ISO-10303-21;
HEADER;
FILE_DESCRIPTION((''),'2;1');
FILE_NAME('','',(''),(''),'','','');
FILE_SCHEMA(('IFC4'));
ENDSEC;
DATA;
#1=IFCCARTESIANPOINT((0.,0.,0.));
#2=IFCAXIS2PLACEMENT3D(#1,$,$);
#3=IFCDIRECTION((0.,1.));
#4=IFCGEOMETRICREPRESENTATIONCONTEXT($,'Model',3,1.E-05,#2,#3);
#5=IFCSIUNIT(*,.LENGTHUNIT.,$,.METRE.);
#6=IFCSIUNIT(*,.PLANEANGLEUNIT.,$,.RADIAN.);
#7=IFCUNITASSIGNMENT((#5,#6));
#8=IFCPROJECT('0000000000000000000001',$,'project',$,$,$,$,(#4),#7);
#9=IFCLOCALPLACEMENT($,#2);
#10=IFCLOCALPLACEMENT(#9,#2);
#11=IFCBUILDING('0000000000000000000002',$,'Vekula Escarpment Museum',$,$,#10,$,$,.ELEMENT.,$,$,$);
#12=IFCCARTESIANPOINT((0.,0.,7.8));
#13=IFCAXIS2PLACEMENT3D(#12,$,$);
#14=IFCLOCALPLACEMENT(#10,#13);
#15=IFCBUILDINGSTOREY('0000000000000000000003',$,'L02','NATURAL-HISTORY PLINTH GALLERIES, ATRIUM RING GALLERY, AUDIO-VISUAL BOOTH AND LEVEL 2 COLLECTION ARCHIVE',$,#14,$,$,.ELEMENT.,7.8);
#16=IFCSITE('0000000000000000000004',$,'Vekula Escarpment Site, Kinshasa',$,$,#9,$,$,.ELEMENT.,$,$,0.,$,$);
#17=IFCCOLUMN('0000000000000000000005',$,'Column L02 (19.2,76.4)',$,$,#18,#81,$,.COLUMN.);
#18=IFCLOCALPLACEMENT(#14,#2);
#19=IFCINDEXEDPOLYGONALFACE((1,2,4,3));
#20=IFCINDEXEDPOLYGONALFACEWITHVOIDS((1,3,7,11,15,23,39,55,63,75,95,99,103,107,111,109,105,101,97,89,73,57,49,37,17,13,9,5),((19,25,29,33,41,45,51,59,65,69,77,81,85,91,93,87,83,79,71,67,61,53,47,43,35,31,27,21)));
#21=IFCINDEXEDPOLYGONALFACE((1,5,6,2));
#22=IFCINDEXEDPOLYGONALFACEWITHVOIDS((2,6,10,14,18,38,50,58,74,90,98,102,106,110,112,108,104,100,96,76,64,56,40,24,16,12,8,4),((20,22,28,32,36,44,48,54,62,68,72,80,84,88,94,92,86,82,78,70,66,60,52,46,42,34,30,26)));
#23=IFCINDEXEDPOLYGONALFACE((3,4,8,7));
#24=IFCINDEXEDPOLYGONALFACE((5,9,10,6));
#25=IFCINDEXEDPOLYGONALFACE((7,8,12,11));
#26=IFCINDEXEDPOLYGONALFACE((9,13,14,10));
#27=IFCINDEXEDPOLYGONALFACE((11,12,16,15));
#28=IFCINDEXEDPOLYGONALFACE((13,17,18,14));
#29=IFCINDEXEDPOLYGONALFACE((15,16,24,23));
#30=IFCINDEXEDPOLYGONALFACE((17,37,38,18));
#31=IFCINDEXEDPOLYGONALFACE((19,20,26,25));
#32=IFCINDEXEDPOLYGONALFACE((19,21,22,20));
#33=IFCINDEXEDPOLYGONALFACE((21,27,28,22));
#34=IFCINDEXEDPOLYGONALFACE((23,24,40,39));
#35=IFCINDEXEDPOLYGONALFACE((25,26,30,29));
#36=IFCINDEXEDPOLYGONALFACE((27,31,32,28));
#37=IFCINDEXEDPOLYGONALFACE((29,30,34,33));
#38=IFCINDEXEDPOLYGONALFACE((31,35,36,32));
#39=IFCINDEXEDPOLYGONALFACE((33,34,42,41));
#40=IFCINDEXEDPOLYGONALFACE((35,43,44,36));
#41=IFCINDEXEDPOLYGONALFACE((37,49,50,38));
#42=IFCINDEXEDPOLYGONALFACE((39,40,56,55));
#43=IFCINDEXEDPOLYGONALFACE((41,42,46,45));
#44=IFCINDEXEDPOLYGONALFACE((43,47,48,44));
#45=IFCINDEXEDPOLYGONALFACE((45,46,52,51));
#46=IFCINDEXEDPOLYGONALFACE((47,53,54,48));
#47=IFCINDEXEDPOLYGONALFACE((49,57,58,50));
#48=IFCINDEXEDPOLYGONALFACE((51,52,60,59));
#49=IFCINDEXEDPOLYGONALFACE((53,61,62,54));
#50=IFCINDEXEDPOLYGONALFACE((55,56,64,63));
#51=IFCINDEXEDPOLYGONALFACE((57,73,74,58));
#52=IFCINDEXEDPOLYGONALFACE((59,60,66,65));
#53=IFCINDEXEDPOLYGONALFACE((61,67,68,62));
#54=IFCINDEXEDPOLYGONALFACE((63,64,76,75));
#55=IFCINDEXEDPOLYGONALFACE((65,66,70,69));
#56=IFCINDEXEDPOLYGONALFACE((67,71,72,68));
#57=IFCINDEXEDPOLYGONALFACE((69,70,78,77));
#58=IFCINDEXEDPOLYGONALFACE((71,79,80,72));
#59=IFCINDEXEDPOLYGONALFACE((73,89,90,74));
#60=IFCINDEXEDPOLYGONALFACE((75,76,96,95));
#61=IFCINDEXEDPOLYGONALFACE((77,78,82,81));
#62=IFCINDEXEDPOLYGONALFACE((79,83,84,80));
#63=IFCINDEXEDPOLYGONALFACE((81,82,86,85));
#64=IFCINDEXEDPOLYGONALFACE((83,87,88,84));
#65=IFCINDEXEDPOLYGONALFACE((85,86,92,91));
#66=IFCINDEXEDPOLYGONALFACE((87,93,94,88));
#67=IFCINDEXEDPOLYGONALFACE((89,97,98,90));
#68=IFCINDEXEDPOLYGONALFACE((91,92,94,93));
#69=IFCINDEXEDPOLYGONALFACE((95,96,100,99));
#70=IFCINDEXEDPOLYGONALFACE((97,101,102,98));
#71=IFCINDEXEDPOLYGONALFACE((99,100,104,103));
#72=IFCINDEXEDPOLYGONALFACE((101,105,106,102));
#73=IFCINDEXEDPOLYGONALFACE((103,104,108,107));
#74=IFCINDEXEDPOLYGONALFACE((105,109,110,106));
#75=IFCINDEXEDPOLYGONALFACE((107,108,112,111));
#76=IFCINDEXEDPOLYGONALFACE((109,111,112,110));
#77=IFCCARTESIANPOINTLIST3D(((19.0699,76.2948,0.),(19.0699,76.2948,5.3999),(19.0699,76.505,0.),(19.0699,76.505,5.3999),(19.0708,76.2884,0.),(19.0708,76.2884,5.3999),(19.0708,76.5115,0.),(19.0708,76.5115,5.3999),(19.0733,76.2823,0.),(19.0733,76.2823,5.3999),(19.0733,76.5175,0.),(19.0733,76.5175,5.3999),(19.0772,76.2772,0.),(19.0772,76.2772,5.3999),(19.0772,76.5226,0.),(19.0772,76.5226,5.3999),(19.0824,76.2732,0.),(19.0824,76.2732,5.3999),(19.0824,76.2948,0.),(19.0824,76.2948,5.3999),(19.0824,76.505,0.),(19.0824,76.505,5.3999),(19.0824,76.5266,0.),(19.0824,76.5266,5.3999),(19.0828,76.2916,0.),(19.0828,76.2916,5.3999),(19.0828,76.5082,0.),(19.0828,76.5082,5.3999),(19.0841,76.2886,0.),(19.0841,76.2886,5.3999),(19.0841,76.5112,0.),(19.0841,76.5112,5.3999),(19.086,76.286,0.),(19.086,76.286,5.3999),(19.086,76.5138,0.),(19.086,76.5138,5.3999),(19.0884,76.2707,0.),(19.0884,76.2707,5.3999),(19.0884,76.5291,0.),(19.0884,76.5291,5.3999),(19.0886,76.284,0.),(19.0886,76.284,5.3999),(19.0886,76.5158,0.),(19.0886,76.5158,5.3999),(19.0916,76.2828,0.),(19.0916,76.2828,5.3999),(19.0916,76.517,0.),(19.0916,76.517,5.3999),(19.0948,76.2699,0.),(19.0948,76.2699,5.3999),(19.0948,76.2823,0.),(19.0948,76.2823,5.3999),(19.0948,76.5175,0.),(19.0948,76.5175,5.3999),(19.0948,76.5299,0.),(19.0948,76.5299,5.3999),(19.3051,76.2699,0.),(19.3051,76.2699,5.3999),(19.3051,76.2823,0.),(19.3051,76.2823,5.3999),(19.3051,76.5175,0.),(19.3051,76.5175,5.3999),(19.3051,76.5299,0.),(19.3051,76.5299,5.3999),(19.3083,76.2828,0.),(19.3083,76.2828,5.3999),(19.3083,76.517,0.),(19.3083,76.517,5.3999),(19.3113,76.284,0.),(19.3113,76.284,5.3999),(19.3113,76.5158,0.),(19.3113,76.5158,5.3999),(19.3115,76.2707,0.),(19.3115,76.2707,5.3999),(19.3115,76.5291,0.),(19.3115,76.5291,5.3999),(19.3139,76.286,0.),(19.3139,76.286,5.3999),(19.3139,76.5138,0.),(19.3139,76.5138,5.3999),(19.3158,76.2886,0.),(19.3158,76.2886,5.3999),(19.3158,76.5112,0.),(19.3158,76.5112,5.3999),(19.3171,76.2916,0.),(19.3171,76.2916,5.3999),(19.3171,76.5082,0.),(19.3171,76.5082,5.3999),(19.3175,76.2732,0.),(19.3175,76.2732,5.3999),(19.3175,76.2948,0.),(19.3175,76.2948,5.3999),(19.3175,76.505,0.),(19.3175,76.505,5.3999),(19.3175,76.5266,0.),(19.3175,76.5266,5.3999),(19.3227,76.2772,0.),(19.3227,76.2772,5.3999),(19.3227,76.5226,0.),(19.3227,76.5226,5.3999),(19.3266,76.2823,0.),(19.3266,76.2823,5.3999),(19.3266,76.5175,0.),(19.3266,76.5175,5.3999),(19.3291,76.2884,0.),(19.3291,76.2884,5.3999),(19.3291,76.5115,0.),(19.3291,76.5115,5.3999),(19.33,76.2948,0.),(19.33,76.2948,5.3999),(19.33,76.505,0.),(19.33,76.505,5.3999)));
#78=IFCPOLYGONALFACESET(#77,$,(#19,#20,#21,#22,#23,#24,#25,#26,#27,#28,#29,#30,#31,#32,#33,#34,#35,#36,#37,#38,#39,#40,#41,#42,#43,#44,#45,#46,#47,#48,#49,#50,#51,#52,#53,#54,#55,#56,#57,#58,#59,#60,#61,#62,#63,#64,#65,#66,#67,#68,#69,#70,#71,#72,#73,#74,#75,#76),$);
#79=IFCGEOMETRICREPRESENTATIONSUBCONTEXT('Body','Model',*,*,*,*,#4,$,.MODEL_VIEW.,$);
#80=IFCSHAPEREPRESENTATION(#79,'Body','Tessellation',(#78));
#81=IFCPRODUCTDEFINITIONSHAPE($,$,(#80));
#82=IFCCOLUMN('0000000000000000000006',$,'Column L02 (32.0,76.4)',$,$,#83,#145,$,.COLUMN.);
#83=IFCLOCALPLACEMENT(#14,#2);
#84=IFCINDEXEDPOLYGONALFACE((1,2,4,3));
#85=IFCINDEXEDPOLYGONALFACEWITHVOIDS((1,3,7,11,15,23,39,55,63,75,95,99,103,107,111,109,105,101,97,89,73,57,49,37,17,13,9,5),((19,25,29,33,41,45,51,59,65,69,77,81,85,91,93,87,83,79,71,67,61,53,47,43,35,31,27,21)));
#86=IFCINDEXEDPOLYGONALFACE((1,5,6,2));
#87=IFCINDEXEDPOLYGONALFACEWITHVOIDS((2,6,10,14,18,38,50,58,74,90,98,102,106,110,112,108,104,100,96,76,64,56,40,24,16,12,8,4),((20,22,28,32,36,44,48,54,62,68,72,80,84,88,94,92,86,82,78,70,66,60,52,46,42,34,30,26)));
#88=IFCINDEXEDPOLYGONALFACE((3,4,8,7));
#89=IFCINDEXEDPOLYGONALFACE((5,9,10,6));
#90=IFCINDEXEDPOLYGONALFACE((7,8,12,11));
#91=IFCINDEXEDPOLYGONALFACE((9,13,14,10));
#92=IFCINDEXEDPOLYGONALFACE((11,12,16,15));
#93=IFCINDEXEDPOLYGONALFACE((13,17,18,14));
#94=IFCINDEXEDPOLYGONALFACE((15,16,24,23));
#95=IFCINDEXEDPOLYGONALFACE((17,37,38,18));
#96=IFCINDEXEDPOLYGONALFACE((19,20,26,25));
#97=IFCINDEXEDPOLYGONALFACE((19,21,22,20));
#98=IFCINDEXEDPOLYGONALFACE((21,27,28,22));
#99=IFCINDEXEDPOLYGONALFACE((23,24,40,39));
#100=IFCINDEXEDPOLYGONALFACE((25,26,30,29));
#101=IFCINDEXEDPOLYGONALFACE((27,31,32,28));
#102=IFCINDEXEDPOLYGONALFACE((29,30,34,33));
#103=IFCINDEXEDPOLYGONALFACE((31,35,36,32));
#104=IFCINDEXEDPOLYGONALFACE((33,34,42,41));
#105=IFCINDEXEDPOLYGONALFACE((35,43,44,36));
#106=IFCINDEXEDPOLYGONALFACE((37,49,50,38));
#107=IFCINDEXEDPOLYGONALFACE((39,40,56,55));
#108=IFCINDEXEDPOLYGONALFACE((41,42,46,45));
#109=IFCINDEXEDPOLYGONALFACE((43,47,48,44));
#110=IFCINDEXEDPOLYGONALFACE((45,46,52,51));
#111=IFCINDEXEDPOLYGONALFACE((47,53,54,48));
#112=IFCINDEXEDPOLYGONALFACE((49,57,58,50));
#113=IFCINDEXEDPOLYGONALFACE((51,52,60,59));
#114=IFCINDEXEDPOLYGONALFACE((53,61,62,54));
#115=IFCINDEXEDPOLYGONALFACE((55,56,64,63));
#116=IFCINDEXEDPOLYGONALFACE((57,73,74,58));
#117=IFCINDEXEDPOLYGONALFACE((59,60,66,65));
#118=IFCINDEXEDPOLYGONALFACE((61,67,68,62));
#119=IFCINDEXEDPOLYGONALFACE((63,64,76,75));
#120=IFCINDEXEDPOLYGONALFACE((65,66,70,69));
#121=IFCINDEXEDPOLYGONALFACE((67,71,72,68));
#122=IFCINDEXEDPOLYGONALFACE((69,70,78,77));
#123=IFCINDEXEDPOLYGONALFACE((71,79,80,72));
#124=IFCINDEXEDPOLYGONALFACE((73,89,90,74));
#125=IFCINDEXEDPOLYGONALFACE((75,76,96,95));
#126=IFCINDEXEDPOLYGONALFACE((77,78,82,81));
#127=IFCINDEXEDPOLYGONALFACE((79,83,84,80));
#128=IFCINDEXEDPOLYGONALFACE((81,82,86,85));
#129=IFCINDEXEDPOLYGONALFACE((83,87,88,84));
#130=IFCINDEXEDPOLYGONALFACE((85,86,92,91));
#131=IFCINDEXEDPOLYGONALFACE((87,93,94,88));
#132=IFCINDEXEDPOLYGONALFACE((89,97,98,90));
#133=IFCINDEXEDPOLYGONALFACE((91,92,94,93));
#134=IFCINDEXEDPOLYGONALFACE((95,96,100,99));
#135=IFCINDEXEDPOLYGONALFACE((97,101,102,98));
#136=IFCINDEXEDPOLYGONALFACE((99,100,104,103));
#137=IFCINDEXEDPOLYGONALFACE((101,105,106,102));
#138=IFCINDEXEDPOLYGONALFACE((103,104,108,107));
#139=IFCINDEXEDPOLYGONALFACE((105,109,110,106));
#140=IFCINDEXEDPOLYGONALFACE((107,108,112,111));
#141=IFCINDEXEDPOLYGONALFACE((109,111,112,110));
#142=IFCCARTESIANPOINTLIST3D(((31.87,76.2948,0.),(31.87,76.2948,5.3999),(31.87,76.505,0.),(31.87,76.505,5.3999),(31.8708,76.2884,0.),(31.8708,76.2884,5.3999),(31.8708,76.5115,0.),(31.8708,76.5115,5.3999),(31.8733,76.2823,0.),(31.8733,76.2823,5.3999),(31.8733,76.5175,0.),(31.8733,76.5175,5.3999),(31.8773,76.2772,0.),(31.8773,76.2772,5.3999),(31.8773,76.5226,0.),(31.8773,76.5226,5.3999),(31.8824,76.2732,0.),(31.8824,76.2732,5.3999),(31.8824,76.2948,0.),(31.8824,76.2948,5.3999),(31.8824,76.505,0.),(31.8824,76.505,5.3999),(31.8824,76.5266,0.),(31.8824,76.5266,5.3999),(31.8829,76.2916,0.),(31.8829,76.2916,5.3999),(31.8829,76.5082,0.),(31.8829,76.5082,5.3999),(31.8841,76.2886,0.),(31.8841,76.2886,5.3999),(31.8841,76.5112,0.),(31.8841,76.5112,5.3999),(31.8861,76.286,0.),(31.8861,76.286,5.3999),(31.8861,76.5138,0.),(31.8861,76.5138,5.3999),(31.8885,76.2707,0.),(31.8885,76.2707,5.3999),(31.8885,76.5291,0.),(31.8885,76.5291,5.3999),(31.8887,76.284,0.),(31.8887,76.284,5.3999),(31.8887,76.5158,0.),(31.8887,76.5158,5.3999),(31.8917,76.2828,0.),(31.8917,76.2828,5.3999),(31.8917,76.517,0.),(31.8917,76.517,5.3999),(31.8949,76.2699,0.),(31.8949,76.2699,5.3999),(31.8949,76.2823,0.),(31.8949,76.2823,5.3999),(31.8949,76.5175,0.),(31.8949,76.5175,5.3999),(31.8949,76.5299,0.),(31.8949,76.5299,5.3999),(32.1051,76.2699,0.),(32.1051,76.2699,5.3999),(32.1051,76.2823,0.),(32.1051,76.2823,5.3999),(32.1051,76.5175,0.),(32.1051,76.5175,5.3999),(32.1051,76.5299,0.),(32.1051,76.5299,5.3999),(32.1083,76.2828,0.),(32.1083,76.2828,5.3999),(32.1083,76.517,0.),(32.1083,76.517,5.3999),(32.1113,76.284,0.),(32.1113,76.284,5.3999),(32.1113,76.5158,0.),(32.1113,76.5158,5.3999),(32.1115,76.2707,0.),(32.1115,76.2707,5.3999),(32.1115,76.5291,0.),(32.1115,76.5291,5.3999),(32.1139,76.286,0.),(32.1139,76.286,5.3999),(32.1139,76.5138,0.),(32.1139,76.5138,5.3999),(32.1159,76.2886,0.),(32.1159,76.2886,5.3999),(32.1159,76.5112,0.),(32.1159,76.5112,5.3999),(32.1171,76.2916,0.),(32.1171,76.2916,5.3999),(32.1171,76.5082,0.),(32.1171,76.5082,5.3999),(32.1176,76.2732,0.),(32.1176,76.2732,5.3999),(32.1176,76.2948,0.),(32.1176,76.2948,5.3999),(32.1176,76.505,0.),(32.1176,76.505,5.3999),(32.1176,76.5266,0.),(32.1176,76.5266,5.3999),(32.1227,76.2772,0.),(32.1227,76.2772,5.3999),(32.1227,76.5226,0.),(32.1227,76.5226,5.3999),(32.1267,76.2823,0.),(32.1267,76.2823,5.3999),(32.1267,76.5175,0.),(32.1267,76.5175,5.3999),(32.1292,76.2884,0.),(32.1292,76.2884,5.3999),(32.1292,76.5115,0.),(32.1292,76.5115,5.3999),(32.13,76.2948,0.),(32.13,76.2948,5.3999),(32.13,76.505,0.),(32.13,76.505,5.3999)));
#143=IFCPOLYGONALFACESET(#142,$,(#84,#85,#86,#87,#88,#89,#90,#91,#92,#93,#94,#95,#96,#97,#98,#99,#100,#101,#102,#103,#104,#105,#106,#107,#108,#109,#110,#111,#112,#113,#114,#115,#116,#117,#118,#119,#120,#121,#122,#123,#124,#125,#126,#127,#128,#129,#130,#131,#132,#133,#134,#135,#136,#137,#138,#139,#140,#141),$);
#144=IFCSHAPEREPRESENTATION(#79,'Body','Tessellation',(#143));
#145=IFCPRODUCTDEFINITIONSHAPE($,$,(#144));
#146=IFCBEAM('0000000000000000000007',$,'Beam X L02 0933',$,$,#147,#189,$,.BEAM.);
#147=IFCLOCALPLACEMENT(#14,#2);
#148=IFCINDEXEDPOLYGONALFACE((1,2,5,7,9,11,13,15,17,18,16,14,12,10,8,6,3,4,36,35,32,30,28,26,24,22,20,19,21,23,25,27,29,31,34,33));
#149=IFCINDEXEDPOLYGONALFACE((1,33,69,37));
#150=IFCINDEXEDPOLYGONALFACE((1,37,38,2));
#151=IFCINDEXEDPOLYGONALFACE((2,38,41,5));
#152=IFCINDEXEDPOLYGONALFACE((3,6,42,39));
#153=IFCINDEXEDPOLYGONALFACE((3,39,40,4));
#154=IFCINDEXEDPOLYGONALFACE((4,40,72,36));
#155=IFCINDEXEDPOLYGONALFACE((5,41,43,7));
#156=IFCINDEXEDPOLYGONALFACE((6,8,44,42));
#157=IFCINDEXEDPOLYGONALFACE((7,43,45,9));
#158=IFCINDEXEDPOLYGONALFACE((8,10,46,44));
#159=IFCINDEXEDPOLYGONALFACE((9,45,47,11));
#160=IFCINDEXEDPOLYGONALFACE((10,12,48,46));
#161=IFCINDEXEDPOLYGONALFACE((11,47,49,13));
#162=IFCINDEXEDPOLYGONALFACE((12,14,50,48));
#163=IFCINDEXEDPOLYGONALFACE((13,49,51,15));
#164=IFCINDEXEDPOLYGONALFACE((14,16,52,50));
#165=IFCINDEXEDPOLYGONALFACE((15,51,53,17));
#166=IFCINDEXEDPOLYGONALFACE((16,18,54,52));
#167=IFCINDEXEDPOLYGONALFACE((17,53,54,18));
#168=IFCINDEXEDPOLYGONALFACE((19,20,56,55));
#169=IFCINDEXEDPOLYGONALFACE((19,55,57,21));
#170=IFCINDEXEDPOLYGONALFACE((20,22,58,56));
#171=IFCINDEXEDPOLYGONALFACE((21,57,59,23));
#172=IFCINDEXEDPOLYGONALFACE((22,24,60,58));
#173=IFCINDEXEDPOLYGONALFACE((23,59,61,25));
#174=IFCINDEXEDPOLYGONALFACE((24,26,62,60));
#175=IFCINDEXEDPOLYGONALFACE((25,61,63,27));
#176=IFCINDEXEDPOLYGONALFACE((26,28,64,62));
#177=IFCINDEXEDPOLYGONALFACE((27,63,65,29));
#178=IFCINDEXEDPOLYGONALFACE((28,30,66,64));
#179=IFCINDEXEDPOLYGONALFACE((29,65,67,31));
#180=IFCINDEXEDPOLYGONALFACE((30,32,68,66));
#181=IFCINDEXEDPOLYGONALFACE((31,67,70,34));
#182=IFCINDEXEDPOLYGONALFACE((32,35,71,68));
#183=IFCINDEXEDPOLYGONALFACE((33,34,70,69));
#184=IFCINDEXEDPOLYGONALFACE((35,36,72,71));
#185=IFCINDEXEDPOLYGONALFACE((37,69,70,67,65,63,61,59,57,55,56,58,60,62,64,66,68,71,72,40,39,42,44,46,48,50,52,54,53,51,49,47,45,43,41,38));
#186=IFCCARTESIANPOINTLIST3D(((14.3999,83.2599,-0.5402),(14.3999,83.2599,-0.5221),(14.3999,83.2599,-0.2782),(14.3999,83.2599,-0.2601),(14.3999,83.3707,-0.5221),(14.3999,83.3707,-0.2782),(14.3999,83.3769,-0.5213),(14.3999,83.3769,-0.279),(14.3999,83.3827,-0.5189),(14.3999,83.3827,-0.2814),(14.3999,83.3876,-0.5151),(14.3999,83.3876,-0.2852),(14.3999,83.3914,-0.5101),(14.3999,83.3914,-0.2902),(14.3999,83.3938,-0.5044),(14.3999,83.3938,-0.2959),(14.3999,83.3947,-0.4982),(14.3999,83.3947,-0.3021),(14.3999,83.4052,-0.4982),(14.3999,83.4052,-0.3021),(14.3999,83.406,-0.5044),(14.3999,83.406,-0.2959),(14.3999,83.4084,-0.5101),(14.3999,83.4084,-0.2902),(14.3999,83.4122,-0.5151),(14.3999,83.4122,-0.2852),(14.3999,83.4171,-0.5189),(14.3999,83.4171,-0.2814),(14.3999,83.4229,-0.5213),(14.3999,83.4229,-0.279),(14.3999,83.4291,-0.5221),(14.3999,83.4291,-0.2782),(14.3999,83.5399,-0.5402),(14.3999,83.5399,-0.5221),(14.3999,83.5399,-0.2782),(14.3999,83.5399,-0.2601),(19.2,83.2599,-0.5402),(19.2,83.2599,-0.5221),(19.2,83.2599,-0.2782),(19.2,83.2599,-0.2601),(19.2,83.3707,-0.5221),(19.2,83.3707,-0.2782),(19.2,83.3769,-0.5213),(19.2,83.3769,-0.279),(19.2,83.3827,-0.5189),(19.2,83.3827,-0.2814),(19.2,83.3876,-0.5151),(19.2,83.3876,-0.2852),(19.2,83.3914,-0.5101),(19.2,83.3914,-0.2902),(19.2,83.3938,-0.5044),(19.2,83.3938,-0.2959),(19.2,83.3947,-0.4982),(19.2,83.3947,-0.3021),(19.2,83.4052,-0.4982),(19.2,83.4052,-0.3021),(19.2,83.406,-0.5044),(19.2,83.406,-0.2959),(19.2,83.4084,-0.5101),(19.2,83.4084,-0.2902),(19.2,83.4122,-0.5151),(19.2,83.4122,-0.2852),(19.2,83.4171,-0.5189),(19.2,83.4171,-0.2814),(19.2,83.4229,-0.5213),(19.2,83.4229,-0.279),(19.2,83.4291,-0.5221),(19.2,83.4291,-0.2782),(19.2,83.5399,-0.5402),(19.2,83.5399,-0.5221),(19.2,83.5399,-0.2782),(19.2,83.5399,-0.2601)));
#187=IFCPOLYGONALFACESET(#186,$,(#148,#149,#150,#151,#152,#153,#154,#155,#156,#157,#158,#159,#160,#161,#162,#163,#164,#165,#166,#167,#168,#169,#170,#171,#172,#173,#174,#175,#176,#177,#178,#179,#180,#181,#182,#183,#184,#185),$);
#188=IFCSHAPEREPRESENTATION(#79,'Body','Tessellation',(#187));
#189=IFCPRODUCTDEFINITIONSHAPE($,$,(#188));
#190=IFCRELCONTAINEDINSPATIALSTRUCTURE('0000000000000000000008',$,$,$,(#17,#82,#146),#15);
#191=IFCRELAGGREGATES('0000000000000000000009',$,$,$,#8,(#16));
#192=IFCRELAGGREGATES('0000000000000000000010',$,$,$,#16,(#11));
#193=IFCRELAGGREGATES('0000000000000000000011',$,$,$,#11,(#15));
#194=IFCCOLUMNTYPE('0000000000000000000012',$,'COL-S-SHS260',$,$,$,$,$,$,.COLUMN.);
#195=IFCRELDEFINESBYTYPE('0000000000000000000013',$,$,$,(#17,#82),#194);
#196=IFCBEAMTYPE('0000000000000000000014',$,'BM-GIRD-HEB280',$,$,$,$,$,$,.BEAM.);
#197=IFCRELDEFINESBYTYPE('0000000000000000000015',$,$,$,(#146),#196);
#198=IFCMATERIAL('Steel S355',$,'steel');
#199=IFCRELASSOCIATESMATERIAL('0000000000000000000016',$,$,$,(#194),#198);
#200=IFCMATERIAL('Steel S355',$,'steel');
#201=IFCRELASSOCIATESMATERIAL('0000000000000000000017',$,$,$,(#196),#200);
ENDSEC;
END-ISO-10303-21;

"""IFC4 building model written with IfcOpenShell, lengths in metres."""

from ifc_helpers import new_model, si_unit, direction, frame, origin, origin_2d, place, context, subcontext, project, spatial, hollow_rectangle, i_section, extrude, material, material_profile, profile_set, type_object, element, save


model = new_model("IFC4")

# Units and contexts
model_context = context("Model", 3, precision=1e-05, world=origin(), true_north=direction((0.0, 1.0)))
body_context = subcontext(model_context, "Body", "Model", "MODEL_VIEW")
ifc_project = project(units=[si_unit("LENGTHUNIT", "METRE"), si_unit("PLANEANGLEUNIT", "RADIAN")], contexts=[model_context])

# Site, building, storey
site_placement = place(None, origin())
site = spatial("IfcSite", under=ifc_project, at=site_placement, Name="Vekula Escarpment Site, Kinshasa", CompositionType="ELEMENT", RefElevation=0.0)
building_placement = place(site_placement, origin())
building = spatial("IfcBuilding", under=site, at=building_placement, Name="Vekula Escarpment Museum", CompositionType="ELEMENT")
storey_placement = place(building_placement, frame((0.0, 0.0, 7.8)))
storey = spatial("IfcBuildingStorey", under=building, at=storey_placement, Name="L02", Description="NATURAL-HISTORY PLINTH GALLERIES, ATRIUM RING GALLERY, AUDIO-VISUAL BOOTH AND LEVEL 2 COLLECTION ARCHIVE", CompositionType="ELEMENT", Elevation=7.8)

# Columns
ifc_material_1 = material(Name="Steel S355", Category="steel")
ifc_material_profile_1 = material_profile(ifc_material_1, hollow_rectangle(XDim=0.26, YDim=0.26, WallThickness=0.0125, InnerFilletRadius=0.0125, OuterFilletRadius=0.0249, at=origin_2d()), Name="SHS 260x260x12.5")
ifc_profile_set_1 = profile_set([ifc_material_profile_1], Name="Steel S355")
column_type_1 = type_object("IfcColumnType", Name="COL-S-SHS260", PredefinedType="COLUMN", material=ifc_profile_set_1)
for number, where, z_axis, x_axis, name in (
    (1, (19.2, 76.3999, 0.0), (0.0, 0.0, 1.0), (1.0, 0.0, 0.0), "Column L02 (19.2,76.4)"),
    (2, (32.0, 76.3999, 0.0), (0.0, 0.0, 1.0), (1.0, 0.0, 0.0), "Column L02 (32.0,76.4)"),
):
    element("IfcColumn", number, at=place(storey_placement, frame(where, z_axis=z_axis, x_axis=x_axis)), inside=storey, type_object=column_type_1, Name=name, PredefinedType="COLUMN", context=body_context, shape_type="SweptSolid", body=[
        extrude(hollow_rectangle(XDim=0.26, YDim=0.26, WallThickness=0.0125, InnerFilletRadius=0.0125, OuterFilletRadius=0.0249, at=origin_2d()), origin(), (0.0, 0.0, 1.0), 5.3999),
    ])

# Beam
ifc_material_2 = material(Name="Steel S355", Category="steel")
ifc_material_profile_2 = material_profile(ifc_material_2, i_section(OverallWidth=0.28, OverallDepth=0.28, WebThickness=0.0105, FlangeThickness=0.0181, FilletRadius=0.0239, at=origin_2d()), Name="HEB 280")
ifc_profile_set_2 = profile_set([ifc_material_profile_2], Name="Steel S355")
beam_type_1 = type_object("IfcBeamType", Name="BM-GIRD-HEB280", PredefinedType="BEAM", material=ifc_profile_set_2)
beam_1_placement = place(storey_placement, frame((14.3999, 83.3999, -0.4001), z_axis=(1.0, 0.0, 0.0), x_axis=(0.0, 1.0, 0.0)))
element("IfcBeam", 3, at=beam_1_placement, inside=storey, type_object=beam_type_1, Name="Beam X L02 0933", PredefinedType="BEAM", context=body_context, shape_type="SweptSolid", body=[
    extrude(i_section(OverallWidth=0.28, OverallDepth=0.28, WebThickness=0.0105, FlangeThickness=0.0181, FilletRadius=0.0239, at=origin_2d()), origin(), (0.0, 0.0, 1.0), 4.8),
])

save(model, "model.ifc")
